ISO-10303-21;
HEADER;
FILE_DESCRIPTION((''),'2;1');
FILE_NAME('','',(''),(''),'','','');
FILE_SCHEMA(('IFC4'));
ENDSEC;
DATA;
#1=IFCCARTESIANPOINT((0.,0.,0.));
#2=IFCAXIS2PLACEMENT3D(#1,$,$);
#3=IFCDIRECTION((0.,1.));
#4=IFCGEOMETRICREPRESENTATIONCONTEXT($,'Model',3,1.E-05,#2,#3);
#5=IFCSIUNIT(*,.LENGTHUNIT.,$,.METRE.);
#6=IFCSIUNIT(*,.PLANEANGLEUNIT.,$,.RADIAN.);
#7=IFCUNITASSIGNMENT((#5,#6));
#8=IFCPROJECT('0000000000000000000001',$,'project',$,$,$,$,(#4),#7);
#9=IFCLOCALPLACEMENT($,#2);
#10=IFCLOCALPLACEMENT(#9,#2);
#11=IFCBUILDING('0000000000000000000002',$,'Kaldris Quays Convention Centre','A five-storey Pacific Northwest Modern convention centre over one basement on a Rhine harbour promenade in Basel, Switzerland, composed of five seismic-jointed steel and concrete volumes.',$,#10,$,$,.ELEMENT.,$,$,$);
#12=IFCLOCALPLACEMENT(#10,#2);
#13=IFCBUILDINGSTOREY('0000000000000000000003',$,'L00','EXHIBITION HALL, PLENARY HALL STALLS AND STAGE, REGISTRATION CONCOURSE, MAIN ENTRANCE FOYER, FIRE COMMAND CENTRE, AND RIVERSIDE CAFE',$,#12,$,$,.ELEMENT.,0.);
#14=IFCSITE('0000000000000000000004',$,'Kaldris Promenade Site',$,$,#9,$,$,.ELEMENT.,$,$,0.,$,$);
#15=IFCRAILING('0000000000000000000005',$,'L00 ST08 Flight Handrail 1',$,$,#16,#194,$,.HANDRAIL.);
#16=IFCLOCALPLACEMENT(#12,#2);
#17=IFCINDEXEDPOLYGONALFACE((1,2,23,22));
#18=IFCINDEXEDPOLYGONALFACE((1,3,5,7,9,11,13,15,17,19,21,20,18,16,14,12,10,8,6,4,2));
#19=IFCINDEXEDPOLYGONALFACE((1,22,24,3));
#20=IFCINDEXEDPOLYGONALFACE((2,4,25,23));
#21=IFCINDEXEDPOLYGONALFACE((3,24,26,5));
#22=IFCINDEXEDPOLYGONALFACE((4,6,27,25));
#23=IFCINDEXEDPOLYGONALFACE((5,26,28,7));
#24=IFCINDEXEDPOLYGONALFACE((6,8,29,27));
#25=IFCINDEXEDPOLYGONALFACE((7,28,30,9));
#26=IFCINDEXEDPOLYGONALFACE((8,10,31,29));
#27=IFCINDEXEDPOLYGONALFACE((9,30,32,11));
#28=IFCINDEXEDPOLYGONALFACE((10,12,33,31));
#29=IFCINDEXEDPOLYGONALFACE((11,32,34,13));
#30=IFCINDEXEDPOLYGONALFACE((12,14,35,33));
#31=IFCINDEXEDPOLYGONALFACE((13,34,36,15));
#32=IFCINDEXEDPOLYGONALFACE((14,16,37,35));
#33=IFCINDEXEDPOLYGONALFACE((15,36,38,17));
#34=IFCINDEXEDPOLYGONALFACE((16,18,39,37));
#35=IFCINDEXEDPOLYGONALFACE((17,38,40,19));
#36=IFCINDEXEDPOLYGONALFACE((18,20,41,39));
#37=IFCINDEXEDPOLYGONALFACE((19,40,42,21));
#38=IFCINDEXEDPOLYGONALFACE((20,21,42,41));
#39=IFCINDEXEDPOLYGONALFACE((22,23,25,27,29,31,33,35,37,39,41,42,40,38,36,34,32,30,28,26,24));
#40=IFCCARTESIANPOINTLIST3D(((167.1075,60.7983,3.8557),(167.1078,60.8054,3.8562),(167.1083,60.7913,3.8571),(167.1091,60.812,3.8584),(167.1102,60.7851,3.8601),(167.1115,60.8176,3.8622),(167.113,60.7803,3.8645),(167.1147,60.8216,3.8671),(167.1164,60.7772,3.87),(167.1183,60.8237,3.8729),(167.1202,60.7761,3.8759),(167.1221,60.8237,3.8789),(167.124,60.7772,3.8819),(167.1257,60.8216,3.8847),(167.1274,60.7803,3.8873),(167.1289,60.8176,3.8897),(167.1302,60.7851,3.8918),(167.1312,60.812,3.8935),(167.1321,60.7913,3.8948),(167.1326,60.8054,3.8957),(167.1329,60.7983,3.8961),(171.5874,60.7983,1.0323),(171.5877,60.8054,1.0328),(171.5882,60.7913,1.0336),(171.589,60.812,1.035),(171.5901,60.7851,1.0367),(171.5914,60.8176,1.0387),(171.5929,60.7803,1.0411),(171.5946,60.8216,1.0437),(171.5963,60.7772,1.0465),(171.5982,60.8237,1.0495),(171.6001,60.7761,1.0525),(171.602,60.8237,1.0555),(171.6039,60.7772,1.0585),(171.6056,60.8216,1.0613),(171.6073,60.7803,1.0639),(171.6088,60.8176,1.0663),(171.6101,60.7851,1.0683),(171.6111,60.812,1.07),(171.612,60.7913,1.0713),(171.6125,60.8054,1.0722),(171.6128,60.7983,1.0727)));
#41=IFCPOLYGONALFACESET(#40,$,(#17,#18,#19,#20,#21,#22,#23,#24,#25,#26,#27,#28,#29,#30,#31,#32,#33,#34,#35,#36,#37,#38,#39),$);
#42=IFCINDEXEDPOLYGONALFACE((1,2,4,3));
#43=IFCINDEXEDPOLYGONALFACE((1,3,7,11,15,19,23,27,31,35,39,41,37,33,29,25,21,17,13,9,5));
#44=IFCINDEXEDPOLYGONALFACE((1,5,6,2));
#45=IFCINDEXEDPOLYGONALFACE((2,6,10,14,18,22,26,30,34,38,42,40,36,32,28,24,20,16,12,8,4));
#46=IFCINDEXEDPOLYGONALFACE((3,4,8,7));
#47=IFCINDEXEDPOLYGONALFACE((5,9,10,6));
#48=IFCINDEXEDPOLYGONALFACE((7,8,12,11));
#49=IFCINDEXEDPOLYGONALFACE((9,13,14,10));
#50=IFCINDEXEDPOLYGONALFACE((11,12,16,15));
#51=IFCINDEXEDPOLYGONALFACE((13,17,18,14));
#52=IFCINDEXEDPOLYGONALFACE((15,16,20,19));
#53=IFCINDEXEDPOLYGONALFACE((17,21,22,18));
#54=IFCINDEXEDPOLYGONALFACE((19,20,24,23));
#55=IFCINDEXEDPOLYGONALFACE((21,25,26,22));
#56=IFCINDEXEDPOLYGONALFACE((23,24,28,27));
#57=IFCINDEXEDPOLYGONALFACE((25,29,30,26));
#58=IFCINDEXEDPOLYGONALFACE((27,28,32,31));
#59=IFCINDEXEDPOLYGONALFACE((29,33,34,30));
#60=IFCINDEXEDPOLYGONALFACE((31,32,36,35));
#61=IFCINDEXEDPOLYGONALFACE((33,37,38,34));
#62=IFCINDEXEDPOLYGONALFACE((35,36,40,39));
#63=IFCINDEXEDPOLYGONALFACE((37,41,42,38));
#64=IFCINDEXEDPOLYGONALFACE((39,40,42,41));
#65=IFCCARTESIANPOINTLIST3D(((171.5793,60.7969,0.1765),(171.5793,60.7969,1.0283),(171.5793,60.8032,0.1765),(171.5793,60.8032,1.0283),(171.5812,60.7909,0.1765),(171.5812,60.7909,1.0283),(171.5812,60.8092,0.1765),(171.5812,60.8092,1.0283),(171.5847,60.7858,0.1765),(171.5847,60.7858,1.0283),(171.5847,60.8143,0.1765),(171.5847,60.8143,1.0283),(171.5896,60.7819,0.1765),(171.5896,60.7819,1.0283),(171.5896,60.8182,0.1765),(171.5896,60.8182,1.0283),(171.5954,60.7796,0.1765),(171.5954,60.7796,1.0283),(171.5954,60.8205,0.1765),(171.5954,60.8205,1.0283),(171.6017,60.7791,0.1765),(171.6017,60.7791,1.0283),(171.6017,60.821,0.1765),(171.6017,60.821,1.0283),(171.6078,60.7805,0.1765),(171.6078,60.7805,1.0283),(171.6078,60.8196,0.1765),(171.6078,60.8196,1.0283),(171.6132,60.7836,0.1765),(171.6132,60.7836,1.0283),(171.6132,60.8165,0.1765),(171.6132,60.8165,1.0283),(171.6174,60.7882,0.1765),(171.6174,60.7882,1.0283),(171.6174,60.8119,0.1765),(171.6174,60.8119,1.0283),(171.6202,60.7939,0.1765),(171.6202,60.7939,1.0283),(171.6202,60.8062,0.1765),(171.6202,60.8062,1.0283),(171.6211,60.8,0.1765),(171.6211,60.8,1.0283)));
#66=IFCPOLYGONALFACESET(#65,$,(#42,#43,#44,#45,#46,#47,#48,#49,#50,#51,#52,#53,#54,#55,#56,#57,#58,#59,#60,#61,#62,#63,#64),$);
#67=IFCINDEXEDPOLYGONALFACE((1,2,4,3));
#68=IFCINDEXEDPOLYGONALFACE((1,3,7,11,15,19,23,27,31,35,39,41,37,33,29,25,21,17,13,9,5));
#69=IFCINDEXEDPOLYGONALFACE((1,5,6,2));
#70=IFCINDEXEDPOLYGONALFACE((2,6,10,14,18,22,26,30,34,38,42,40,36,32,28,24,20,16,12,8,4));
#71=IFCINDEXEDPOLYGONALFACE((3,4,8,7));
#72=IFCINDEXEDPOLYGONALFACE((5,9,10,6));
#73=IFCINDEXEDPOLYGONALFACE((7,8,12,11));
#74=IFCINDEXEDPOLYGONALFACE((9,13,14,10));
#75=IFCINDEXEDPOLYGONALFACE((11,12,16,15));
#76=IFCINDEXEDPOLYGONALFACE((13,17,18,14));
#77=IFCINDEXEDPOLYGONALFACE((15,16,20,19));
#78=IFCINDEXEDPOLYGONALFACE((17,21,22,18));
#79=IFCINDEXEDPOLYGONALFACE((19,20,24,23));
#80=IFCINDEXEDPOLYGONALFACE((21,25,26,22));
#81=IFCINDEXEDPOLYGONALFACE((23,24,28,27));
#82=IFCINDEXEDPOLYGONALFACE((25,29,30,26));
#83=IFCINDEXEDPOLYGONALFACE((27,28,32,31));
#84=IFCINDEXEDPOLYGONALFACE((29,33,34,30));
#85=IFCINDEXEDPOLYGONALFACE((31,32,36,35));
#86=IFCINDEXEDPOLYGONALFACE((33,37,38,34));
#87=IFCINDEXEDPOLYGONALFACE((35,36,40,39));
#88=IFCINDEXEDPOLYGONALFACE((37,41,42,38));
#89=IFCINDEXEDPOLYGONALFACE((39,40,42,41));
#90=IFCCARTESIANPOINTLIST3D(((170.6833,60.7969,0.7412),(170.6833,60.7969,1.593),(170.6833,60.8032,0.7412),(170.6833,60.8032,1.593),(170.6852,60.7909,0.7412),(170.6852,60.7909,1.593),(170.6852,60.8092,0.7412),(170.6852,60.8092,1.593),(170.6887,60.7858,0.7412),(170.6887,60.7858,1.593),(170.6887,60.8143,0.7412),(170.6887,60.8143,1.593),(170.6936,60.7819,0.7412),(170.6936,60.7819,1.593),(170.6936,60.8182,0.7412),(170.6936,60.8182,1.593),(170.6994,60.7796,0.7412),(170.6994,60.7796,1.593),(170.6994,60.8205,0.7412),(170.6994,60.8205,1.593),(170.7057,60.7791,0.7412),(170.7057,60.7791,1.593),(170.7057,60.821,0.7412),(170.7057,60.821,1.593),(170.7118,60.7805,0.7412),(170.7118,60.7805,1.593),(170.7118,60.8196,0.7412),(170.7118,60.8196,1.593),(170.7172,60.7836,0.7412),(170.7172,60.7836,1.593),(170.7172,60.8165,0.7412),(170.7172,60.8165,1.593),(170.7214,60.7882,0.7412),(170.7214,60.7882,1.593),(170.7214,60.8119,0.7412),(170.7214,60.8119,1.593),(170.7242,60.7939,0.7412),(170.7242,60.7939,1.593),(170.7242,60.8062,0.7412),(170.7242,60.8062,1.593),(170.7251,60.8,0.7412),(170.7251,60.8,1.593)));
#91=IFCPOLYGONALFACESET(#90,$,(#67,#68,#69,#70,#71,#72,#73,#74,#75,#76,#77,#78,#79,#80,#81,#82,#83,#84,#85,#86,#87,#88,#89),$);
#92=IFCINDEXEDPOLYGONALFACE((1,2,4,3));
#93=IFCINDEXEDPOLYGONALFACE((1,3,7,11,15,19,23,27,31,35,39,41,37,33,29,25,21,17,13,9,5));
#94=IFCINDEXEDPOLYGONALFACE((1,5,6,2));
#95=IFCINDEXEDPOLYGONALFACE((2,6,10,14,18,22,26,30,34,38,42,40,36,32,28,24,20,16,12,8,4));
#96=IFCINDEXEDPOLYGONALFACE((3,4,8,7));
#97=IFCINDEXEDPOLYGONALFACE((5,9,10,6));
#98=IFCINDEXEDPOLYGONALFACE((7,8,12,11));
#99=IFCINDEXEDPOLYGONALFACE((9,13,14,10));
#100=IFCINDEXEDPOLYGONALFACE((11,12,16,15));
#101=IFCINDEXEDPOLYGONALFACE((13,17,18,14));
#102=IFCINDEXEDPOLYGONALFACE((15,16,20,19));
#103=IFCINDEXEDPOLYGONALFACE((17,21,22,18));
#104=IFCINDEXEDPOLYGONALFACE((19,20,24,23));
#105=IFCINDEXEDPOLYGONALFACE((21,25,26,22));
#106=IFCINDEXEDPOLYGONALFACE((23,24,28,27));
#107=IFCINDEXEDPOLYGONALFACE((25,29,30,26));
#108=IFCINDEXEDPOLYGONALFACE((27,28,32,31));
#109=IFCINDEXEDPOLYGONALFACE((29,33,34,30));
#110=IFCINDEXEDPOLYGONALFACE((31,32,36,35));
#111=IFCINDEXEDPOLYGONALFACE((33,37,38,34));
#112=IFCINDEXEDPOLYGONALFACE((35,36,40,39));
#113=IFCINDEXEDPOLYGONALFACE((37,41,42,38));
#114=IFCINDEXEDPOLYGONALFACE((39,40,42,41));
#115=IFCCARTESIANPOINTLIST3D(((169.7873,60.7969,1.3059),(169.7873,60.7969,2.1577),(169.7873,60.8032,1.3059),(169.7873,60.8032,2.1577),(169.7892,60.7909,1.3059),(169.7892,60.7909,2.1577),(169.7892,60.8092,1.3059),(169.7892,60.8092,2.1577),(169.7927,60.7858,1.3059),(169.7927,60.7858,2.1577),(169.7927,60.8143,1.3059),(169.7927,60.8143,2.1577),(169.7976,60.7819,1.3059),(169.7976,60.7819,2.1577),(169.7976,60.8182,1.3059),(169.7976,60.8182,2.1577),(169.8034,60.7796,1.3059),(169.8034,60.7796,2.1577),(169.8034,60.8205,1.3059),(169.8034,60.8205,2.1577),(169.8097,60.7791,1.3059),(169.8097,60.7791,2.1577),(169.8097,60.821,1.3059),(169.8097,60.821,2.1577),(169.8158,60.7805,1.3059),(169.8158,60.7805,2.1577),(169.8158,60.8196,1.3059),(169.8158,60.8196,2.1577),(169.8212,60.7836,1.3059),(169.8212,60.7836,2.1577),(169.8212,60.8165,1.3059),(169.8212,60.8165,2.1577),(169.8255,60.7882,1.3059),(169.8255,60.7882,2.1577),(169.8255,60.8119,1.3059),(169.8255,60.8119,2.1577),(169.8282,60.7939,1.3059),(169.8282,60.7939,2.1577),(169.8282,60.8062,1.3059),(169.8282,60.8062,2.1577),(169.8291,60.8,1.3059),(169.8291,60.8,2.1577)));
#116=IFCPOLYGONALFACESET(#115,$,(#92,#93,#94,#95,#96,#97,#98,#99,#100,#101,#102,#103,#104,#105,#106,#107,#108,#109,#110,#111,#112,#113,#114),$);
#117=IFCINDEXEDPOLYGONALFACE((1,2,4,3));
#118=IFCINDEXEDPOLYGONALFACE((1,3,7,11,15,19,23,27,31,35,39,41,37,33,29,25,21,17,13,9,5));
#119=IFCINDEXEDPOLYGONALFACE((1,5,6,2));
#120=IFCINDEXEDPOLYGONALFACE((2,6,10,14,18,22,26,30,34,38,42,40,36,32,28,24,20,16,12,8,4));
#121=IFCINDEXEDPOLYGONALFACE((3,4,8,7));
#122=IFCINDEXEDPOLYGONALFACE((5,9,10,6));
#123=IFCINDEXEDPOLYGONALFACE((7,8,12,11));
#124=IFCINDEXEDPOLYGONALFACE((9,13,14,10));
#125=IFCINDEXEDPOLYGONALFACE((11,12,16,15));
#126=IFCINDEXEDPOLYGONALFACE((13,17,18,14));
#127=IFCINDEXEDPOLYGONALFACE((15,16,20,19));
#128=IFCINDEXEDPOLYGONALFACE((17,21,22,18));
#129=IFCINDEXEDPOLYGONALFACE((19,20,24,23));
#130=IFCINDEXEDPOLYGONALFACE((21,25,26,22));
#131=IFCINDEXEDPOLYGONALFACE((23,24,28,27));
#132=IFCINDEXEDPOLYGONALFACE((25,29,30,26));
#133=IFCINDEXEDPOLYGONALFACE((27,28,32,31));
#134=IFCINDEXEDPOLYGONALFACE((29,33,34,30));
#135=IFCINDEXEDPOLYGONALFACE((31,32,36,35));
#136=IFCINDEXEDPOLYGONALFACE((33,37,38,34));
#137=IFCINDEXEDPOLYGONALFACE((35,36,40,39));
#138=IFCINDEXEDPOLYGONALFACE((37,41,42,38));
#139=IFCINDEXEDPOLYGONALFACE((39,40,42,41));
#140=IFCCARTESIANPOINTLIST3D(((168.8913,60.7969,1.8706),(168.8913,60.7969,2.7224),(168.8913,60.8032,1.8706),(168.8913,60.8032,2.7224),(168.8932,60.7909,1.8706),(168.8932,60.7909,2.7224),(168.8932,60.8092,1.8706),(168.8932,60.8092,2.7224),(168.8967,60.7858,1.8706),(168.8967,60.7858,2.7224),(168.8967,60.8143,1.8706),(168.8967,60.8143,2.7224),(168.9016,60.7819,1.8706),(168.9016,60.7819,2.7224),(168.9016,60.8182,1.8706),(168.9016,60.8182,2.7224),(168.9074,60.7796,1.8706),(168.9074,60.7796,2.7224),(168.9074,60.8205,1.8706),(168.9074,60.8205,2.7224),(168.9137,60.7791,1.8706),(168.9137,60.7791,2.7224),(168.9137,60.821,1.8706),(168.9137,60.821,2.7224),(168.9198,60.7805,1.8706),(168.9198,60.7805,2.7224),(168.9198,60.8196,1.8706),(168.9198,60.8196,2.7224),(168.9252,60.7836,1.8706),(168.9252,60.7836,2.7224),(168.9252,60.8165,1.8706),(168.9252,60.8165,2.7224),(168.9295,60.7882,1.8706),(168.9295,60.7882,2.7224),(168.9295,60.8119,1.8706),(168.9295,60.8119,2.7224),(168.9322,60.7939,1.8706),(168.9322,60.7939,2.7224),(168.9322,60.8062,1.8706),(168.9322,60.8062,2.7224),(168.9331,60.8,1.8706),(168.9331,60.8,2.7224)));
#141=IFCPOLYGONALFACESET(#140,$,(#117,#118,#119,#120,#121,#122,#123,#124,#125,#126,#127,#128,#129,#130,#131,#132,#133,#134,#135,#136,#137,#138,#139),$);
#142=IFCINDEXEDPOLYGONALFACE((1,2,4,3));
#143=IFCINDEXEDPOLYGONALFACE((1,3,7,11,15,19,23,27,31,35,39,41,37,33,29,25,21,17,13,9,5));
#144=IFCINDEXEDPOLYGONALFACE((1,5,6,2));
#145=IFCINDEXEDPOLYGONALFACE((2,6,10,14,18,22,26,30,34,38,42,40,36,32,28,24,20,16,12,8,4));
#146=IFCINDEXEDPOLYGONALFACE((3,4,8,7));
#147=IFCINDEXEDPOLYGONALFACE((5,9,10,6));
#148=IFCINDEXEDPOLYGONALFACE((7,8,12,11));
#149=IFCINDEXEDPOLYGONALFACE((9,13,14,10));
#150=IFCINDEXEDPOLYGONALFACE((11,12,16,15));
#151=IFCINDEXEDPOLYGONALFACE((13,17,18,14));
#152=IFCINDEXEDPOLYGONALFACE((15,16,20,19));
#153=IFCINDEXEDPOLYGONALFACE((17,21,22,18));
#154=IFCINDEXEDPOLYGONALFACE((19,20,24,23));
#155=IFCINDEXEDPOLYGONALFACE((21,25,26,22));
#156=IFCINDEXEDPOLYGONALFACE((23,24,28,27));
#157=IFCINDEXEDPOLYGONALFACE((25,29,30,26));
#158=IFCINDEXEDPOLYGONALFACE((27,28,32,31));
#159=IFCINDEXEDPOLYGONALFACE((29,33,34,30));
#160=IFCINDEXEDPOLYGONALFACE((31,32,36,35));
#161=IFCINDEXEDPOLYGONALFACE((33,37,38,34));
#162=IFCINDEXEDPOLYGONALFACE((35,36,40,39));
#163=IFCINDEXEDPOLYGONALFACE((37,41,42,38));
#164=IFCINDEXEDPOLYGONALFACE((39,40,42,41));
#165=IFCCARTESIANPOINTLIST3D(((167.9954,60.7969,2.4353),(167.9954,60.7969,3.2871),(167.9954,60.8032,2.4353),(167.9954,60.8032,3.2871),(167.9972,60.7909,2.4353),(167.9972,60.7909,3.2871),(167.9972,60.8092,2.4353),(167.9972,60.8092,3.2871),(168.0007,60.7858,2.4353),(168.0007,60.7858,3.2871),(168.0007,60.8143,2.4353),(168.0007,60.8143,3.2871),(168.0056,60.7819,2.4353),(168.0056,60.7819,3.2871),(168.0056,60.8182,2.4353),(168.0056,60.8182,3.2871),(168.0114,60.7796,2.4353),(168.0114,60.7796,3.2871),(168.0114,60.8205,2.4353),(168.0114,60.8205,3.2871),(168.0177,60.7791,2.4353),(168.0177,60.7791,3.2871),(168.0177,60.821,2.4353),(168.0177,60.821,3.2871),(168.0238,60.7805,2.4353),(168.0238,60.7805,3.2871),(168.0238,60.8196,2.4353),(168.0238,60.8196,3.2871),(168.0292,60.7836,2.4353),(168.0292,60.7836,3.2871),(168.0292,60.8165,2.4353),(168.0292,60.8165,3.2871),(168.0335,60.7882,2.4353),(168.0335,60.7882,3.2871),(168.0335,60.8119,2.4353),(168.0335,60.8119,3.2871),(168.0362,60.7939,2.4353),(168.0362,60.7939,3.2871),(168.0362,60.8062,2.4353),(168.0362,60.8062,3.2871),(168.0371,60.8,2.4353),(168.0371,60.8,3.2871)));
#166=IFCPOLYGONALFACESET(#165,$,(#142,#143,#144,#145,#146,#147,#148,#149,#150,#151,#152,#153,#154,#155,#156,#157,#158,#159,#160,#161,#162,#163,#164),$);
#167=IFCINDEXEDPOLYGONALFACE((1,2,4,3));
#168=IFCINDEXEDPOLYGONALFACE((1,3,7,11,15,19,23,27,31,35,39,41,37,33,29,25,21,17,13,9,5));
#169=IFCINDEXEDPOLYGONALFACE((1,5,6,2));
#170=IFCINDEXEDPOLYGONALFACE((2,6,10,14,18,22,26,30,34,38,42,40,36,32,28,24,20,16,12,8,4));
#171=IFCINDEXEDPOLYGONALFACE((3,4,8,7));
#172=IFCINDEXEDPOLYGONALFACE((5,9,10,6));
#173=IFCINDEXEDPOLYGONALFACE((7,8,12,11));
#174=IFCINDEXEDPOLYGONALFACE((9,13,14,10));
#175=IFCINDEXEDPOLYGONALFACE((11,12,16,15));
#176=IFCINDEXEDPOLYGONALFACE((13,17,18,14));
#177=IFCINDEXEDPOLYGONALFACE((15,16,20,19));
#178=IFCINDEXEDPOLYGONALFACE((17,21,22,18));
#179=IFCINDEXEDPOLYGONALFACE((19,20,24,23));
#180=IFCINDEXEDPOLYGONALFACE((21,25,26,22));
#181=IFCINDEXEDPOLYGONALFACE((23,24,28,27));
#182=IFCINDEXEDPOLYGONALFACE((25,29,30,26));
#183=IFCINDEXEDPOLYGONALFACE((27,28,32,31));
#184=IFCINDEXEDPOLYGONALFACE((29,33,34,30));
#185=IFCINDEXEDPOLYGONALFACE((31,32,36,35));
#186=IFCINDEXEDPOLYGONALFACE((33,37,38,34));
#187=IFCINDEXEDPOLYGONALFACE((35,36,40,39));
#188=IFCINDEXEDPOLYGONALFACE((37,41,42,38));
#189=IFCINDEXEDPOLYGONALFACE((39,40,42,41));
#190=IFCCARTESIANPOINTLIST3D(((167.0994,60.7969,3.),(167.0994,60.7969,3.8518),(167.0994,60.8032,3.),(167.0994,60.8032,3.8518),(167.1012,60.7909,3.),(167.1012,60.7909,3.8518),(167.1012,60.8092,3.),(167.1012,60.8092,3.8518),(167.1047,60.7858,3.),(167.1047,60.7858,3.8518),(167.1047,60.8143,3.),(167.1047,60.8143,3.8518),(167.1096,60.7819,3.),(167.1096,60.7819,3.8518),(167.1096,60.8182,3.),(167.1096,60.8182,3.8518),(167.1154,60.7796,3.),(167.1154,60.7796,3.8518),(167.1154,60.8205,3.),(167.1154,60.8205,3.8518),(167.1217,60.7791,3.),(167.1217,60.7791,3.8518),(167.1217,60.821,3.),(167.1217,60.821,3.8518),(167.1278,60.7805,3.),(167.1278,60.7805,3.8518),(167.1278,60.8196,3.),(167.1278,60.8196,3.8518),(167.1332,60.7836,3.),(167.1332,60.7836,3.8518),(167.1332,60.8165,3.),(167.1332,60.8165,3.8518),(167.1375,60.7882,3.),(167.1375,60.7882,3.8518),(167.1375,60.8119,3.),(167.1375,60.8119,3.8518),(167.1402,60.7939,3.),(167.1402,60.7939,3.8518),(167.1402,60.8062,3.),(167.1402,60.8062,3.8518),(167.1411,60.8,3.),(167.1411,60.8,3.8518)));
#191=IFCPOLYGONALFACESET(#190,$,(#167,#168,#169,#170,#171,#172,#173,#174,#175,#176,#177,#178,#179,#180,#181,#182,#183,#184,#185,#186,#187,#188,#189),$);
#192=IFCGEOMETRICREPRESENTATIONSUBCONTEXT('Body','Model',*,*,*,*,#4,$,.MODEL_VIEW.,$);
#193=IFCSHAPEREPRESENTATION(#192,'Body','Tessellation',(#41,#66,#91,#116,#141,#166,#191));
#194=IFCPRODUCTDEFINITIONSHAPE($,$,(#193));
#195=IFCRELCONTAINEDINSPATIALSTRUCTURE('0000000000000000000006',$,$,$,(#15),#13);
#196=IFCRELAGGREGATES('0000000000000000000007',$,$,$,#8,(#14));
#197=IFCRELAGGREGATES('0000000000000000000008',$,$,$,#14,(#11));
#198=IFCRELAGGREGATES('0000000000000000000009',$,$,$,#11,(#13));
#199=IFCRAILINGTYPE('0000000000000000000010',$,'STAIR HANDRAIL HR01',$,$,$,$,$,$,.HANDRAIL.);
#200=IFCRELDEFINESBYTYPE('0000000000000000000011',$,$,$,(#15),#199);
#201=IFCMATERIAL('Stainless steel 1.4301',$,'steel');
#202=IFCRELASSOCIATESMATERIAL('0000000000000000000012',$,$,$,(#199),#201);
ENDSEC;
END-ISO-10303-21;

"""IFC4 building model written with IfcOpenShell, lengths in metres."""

from ifc_helpers import new_model, si_unit, direction, frame, origin, origin_2d, place, context, subcontext, project, spatial, circle, extrude, material, type_object, element, save


model = new_model("IFC4")

# Units and contexts
model_context = context("Model", 3, precision=1e-05, world=origin(), true_north=direction((0.0, 1.0)))
body_context = subcontext(model_context, "Body", "Model", "MODEL_VIEW")
ifc_project = project(units=[si_unit("LENGTHUNIT", "METRE"), si_unit("PLANEANGLEUNIT", "RADIAN")], contexts=[model_context])

# Site, building, storey
site_placement = place(None, origin())
site = spatial("IfcSite", under=ifc_project, at=site_placement, Name="Kaldris Promenade Site", CompositionType="ELEMENT", RefElevation=0.0)
building_placement = place(site_placement, origin())
building = spatial("IfcBuilding", under=site, at=building_placement, Name="Kaldris Quays Convention Centre", Description="A five-storey Pacific Northwest Modern convention centre over one basement on a Rhine harbour promenade in Basel, Switzerland, composed of five seismic-jointed steel and concrete volumes.", CompositionType="ELEMENT")
storey_placement = place(building_placement, origin())
storey = spatial("IfcBuildingStorey", under=building, at=storey_placement, Name="L00", Description="EXHIBITION HALL, PLENARY HALL STALLS AND STAGE, REGISTRATION CONCOURSE, MAIN ENTRANCE FOYER, FIRE COMMAND CENTRE, AND RIVERSIDE CAFE", CompositionType="ELEMENT", Elevation=0.0)

# Railing
ifc_material_1 = material(Name="Stainless steel 1.4301", Category="steel")
railing_type_1 = type_object("IfcRailingType", Name="STAIR HANDRAIL HR01", PredefinedType="HANDRAIL", material=ifc_material_1)
railing_1_placement = place(storey_placement, frame((171.6001, 60.8, 0.1765)))
element("IfcRailing", 1, at=railing_1_placement, inside=storey, type_object=railing_type_1, Name="L00 ST08 Flight Handrail 1", PredefinedType="HANDRAIL", context=body_context, shape_type="SweptSolid", body=[
    extrude(circle(Radius=0.0239, at=origin_2d()), frame((0.0, 0.0, 0.876), z_axis=(-0.845998, 0.0, 0.533186), x_axis=(0.0, -1.0, 0.0)), (0.0, 0.0, 1.0), 5.2954),
    extrude(circle(Radius=0.021, at=origin_2d()), origin(), (0.0, 0.0, 1.0), 0.8518),
    extrude(circle(Radius=0.021, at=origin_2d()), frame((-0.896, 0.0, 0.5647)), (0.0, 0.0, 1.0), 0.8518),
    extrude(circle(Radius=0.021, at=origin_2d()), frame((-1.792, 0.0, 1.1294)), (0.0, 0.0, 1.0), 0.8518),
    extrude(circle(Radius=0.021, at=origin_2d()), frame((-2.688, 0.0, 1.6941)), (0.0, 0.0, 1.0), 0.8518),
    extrude(circle(Radius=0.021, at=origin_2d()), frame((-3.584, 0.0, 2.2588)), (0.0, 0.0, 1.0), 0.8518),
    extrude(circle(Radius=0.021, at=origin_2d()), frame((-4.48, 0.0, 2.8235)), (0.0, 0.0, 1.0), 0.8518),
])

save(model, "model.ifc")
